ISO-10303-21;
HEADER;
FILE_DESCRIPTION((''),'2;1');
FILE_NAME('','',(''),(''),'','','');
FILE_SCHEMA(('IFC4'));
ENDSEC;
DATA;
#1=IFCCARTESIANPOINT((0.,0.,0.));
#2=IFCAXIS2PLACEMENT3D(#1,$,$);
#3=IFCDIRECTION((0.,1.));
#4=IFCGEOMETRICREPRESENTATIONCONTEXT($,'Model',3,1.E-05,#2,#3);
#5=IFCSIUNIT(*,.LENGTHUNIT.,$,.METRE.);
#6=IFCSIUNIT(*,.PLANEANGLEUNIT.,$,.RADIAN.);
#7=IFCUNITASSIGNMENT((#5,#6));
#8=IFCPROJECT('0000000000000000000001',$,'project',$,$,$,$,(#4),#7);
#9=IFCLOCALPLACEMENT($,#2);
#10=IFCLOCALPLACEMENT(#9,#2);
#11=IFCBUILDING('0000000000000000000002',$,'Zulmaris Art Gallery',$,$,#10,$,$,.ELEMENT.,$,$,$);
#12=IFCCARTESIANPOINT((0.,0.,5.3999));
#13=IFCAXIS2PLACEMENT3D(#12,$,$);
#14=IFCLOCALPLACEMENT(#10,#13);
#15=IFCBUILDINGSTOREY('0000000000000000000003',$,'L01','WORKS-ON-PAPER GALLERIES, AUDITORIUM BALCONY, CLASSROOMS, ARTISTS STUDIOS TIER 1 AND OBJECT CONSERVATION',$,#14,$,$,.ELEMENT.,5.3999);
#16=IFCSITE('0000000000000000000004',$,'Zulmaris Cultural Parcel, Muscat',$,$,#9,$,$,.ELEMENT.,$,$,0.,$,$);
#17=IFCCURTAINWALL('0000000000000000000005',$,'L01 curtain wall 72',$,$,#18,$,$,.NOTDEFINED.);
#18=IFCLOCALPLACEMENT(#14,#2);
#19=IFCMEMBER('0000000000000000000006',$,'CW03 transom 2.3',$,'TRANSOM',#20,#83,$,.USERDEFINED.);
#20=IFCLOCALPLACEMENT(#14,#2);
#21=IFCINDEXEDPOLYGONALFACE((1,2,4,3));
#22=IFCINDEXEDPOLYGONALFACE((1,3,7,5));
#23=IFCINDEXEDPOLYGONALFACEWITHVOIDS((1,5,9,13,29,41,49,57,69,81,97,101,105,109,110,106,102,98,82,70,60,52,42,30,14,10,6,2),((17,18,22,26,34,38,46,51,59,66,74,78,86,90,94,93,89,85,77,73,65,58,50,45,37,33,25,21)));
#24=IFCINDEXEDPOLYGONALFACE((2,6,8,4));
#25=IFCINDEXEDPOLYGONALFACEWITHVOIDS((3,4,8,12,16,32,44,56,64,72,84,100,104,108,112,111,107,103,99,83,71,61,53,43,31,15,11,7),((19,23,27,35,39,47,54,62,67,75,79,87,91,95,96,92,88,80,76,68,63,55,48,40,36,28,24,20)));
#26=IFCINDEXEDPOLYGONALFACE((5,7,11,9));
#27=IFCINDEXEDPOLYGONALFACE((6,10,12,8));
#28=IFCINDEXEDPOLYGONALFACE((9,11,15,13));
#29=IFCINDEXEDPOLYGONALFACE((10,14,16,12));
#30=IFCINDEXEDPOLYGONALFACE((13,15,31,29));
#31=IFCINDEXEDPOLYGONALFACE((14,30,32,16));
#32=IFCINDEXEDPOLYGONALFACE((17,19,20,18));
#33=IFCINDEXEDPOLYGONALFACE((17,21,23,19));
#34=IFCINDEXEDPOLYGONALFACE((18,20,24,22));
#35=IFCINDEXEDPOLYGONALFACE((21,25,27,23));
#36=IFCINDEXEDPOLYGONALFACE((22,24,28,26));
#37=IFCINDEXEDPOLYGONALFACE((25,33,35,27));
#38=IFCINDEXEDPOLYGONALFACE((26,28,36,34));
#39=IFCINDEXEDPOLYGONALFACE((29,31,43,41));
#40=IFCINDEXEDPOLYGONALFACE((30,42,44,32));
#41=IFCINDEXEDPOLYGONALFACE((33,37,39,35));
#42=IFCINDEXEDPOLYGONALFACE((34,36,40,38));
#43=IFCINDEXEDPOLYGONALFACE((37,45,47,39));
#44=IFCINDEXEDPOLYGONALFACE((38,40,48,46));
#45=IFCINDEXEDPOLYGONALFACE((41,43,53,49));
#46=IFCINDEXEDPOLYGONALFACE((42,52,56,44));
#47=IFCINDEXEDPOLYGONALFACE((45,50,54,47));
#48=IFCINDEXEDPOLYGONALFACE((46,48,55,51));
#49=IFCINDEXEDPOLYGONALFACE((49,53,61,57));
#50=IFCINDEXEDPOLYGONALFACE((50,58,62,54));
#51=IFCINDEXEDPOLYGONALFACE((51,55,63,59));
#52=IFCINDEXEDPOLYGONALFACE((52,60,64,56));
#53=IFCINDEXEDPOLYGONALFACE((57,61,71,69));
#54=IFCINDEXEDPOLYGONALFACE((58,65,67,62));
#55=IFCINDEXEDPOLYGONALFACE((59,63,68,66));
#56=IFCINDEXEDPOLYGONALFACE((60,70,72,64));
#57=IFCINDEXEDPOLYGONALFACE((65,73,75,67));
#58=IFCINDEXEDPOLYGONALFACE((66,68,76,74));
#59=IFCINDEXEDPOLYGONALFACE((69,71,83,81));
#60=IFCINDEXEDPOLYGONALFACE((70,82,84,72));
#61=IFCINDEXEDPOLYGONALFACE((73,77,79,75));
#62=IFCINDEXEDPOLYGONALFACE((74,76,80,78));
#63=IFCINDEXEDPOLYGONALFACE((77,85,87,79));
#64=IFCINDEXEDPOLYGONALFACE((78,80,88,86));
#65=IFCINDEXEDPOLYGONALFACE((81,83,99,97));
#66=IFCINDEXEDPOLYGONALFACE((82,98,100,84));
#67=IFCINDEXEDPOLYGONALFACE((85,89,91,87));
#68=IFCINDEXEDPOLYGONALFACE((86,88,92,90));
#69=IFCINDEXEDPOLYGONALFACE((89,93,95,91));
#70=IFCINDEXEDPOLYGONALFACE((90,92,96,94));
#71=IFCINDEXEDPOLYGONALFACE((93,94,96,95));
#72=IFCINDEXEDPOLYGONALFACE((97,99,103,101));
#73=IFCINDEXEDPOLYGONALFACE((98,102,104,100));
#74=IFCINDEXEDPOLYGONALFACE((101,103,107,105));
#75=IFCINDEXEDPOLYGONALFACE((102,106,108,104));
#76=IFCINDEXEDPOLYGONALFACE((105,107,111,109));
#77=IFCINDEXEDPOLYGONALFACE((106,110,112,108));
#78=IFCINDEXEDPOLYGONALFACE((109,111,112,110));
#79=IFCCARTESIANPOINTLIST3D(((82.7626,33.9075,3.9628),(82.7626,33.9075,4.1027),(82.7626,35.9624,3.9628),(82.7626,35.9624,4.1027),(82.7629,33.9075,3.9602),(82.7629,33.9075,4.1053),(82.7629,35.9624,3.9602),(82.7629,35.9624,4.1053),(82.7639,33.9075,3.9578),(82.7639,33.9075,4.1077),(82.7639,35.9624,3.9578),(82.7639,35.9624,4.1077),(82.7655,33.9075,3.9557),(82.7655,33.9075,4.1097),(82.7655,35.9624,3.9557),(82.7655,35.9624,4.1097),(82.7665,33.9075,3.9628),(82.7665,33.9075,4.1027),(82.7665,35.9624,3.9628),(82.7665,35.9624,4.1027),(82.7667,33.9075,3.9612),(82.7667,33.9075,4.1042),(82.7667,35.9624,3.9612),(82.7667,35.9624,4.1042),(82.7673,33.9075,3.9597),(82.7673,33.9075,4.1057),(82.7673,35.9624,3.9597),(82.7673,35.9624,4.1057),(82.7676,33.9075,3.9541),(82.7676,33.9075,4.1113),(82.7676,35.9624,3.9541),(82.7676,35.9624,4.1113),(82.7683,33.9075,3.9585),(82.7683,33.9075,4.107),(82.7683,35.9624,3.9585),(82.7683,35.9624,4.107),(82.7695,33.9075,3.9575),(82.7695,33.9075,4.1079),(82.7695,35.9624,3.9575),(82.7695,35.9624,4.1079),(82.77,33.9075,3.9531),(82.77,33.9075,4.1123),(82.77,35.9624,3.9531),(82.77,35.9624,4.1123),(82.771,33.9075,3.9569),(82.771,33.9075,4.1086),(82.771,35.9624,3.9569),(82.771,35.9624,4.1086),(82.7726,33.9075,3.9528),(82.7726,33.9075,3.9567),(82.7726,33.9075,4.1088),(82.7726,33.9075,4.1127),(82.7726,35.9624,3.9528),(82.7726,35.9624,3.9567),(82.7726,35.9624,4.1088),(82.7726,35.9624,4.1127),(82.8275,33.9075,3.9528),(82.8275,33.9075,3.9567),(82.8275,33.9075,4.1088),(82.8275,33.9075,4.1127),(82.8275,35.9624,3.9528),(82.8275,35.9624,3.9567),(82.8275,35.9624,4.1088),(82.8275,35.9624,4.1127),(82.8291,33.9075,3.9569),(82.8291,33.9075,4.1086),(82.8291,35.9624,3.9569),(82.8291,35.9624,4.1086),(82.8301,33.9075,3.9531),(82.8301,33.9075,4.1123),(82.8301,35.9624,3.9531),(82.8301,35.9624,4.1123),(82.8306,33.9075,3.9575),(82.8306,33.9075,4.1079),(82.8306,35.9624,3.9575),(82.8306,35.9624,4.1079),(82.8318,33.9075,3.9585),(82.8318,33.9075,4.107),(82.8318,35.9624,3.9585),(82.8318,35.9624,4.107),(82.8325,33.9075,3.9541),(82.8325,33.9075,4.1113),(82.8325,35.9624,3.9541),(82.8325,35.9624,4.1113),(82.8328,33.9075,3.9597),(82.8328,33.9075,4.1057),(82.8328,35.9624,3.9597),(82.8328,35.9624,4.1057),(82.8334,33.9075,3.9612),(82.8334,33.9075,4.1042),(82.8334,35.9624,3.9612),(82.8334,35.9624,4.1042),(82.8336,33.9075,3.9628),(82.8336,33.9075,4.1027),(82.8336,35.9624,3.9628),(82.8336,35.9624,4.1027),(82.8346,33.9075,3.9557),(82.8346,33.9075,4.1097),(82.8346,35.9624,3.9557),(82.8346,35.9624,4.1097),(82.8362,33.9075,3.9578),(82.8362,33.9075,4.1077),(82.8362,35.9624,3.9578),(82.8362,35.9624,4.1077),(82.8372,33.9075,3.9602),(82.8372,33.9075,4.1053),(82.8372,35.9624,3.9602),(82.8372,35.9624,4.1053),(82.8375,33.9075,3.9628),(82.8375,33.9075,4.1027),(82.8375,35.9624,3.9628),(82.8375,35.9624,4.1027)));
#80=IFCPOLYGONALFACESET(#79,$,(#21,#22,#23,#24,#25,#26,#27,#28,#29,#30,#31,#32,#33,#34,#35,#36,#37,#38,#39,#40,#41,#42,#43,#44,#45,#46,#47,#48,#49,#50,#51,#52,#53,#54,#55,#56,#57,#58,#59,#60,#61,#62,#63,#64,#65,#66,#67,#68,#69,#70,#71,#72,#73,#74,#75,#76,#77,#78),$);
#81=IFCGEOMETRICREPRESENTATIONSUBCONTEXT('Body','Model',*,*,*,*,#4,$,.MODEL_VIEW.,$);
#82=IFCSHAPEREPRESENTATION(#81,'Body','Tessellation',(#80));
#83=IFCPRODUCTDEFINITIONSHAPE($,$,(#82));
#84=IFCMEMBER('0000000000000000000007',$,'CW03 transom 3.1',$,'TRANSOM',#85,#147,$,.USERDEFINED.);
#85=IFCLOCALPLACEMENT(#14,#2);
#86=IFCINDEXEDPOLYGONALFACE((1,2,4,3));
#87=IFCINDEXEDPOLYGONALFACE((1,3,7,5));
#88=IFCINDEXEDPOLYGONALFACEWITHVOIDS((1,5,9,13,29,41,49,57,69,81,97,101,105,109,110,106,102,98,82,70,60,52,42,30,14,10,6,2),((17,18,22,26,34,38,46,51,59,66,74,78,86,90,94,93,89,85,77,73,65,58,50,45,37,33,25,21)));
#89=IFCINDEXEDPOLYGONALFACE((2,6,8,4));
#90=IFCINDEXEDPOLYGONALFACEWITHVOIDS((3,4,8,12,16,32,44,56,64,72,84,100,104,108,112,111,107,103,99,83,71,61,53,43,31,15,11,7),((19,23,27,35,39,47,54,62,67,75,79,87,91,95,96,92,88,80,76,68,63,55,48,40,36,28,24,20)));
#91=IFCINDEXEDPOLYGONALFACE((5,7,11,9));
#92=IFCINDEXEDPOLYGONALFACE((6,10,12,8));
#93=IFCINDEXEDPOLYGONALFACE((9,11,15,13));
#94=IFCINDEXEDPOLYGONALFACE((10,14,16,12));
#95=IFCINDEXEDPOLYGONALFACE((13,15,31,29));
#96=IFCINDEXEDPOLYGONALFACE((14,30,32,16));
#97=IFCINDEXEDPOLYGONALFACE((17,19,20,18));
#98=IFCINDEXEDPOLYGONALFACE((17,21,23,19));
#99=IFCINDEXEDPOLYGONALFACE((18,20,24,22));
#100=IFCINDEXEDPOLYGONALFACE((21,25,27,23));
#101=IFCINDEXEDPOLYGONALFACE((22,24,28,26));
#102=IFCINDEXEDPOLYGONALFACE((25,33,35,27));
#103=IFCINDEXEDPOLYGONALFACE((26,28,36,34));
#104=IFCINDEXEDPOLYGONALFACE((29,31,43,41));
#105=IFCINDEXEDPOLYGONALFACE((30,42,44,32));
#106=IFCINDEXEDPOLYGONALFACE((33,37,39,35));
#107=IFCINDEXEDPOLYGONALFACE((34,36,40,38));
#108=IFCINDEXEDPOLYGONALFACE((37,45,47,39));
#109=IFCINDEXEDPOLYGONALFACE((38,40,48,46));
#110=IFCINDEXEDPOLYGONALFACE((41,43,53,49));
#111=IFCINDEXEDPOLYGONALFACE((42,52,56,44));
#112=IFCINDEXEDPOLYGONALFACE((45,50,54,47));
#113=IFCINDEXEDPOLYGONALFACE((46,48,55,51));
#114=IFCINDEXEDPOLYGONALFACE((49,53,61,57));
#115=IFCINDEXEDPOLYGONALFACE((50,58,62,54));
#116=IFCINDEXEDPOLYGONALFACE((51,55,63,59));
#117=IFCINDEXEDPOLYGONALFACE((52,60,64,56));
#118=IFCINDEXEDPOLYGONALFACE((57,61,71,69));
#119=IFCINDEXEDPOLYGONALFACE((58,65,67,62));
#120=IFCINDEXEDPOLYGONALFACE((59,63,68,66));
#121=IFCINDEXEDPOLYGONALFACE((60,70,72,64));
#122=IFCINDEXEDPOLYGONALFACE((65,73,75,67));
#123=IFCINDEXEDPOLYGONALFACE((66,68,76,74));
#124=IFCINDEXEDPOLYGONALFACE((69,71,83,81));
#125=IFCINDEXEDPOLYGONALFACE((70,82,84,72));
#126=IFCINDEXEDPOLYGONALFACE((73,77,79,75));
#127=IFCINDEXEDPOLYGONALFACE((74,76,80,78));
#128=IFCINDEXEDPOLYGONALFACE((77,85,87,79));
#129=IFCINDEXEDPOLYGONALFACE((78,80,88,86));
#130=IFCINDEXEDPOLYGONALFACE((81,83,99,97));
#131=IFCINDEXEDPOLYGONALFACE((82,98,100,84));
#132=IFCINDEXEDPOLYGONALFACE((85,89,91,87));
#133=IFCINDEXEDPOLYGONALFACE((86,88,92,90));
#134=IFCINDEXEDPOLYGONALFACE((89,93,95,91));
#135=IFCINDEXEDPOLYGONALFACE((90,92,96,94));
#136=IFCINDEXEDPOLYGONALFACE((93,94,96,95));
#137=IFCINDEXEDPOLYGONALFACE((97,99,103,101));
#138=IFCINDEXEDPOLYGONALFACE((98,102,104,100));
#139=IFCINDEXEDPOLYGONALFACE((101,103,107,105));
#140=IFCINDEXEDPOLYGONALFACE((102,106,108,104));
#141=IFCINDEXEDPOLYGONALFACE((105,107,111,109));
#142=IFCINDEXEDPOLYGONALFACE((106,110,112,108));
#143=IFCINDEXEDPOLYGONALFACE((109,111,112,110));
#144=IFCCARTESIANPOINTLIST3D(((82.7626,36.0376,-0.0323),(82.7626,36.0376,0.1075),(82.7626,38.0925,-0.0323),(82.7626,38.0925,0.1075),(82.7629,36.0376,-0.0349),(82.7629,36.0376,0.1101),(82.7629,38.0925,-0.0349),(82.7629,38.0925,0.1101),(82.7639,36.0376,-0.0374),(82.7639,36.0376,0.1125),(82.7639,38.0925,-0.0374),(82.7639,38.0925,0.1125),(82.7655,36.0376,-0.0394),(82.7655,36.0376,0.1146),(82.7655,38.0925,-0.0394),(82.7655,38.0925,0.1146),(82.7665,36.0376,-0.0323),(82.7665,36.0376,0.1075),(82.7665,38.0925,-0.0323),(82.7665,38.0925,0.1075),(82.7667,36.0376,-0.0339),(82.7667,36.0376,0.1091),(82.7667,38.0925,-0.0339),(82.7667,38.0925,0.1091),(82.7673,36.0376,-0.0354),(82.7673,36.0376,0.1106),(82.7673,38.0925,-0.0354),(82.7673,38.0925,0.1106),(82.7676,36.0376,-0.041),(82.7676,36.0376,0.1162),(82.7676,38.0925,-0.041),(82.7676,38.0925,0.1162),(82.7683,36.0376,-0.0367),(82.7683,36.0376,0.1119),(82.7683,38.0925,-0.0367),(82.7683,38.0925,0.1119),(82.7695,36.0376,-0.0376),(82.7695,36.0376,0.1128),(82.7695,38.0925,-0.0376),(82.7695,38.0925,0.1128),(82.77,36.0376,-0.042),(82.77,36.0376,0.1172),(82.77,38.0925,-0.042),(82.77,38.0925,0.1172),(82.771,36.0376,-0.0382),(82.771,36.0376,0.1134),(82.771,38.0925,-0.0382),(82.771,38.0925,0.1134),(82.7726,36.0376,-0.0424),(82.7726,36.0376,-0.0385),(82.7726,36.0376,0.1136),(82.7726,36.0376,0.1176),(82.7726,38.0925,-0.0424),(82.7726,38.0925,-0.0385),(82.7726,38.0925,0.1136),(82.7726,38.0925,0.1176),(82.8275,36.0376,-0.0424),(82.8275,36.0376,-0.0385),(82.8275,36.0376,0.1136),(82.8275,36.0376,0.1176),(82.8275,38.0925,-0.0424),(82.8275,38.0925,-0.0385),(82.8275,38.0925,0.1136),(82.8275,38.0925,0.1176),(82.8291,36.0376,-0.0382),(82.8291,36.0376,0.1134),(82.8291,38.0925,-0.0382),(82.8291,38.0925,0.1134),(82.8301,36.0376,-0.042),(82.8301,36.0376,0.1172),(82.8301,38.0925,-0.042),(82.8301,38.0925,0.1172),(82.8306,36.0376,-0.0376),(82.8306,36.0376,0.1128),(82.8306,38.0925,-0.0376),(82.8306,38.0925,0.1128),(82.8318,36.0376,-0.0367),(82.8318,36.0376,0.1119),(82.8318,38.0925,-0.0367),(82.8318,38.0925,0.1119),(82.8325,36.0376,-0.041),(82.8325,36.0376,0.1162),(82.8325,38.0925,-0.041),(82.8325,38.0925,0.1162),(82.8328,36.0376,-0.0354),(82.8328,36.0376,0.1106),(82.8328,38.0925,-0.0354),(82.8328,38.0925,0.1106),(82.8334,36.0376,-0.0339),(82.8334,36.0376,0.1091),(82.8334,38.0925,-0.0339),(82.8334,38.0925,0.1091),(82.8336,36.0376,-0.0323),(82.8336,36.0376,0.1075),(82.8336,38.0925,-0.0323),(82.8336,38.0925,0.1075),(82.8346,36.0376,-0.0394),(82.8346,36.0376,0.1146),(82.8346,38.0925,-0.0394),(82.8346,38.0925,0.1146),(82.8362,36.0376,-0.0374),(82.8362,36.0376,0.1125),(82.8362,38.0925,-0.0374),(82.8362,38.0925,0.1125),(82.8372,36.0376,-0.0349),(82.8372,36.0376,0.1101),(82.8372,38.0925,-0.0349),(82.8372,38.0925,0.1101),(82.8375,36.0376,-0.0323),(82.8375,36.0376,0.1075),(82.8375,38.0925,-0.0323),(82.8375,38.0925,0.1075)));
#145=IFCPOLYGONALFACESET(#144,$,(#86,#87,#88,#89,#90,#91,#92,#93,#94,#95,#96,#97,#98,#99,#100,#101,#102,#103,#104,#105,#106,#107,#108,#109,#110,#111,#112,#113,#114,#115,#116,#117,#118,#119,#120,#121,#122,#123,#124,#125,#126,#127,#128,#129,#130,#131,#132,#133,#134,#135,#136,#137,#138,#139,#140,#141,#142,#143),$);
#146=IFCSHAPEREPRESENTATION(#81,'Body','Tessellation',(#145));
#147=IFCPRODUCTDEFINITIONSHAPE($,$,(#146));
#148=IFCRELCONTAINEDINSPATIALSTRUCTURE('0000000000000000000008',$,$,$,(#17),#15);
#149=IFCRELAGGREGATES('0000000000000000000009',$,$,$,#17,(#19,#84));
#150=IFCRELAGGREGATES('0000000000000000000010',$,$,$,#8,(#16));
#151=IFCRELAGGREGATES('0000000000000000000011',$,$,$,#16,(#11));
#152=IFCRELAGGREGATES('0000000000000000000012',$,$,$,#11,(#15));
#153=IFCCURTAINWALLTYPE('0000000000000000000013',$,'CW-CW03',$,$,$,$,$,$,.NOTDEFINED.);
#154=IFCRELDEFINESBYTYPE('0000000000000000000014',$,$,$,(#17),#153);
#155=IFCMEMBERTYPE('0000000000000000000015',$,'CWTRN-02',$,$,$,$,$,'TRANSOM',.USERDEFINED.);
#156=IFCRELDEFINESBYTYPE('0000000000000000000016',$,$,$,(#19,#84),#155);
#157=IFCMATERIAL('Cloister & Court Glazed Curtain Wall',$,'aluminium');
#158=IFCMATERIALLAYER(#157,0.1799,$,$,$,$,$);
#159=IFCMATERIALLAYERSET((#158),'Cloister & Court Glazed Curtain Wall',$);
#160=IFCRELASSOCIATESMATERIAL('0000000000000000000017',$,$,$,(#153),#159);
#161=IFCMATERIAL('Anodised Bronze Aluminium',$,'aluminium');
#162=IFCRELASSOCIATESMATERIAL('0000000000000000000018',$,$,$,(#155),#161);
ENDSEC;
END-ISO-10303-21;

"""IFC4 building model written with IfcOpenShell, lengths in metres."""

from ifc_helpers import new_model, si_unit, direction, frame, origin, origin_2d, place, context, subcontext, project, spatial, hollow_rectangle, extrude, material, layer, layer_set, material_profile, profile_set, type_object, element, aggregate, save


model = new_model("IFC4")

# Units and contexts
model_context = context("Model", 3, precision=1e-05, world=origin(), true_north=direction((0.0, 1.0)))
body_context = subcontext(model_context, "Body", "Model", "MODEL_VIEW")
ifc_project = project(units=[si_unit("LENGTHUNIT", "METRE"), si_unit("PLANEANGLEUNIT", "RADIAN")], contexts=[model_context])

# Site, building, storey
site_placement = place(None, origin())
site = spatial("IfcSite", under=ifc_project, at=site_placement, Name="Zulmaris Cultural Parcel, Muscat", CompositionType="ELEMENT", RefElevation=0.0)
building_placement = place(site_placement, origin())
building = spatial("IfcBuilding", under=site, at=building_placement, Name="Zulmaris Art Gallery", CompositionType="ELEMENT")
storey_placement = place(building_placement, frame((0.0, 0.0, 5.3999)))
storey = spatial("IfcBuildingStorey", under=building, at=storey_placement, Name="L01", Description="WORKS-ON-PAPER GALLERIES, AUDITORIUM BALCONY, CLASSROOMS, ARTISTS STUDIOS TIER 1 AND OBJECT CONSERVATION", CompositionType="ELEMENT", Elevation=5.3999)

# Curtain wall, members
ifc_material_1 = material(Name="Cloister & Court Glazed Curtain Wall", Category="aluminium")
ifc_layer_1 = layer(ifc_material_1, 0.1799)
ifc_layer_set_1 = layer_set([ifc_layer_1], Name="Cloister & Court Glazed Curtain Wall")
curtain_wall_type = type_object("IfcCurtainWallType", Name="CW-CW03", PredefinedType="NOTDEFINED", material=ifc_layer_set_1)
curtain_wall_placement = place(storey_placement, origin())
curtain_wall = element("IfcCurtainWall", 1, at=curtain_wall_placement, inside=storey, type_object=curtain_wall_type, Name="L01 curtain wall 72", PredefinedType="NOTDEFINED")
ifc_material_2 = material(Name="Anodised Bronze Aluminium", Category="aluminium")
ifc_material_profile_1 = material_profile(ifc_material_2, hollow_rectangle(XDim=0.075, YDim=0.1599, WallThickness=0.0039, InnerFilletRadius=0.0061, OuterFilletRadius=0.01, at=origin_2d()), Name="ALU 75x160x4")
ifc_profile_set_1 = profile_set([ifc_material_profile_1], Name="Anodised Bronze Aluminium")
member_type_1 = type_object("IfcMemberType", Name="CWTRN-02", ElementType="TRANSOM", PredefinedType="USERDEFINED", material=ifc_profile_set_1)
member_1_placement = place(storey_placement, frame((82.8, 33.9075, 4.0327), z_axis=(0.0, 1.0, 0.0), x_axis=(-1.0, 0.0, 0.0)))
member_1 = element("IfcMember", 2, at=member_1_placement, type_object=member_type_1, Name="CW03 transom 2.3", ObjectType="TRANSOM", PredefinedType="USERDEFINED", context=body_context, shape_type="SweptSolid", body=[
    extrude(hollow_rectangle(XDim=0.075, YDim=0.1599, WallThickness=0.0039, InnerFilletRadius=0.0061, OuterFilletRadius=0.01, at=origin_2d()), origin(), (0.0, 0.0, 1.0), 2.0549),
])
member_2_placement = place(storey_placement, frame((82.8, 36.0376, 0.0376), z_axis=(0.0, 1.0, 0.0), x_axis=(-1.0, 0.0, 0.0)))
member_2 = element("IfcMember", 3, at=member_2_placement, type_object=member_type_1, Name="CW03 transom 3.1", ObjectType="TRANSOM", PredefinedType="USERDEFINED", context=body_context, shape_type="SweptSolid", body=[
    extrude(hollow_rectangle(XDim=0.075, YDim=0.1599, WallThickness=0.0039, InnerFilletRadius=0.0061, OuterFilletRadius=0.01, at=origin_2d()), origin(), (0.0, 0.0, 1.0), 2.0549),
])
aggregate(curtain_wall, [member_1, member_2])

save(model, "model.ifc")
